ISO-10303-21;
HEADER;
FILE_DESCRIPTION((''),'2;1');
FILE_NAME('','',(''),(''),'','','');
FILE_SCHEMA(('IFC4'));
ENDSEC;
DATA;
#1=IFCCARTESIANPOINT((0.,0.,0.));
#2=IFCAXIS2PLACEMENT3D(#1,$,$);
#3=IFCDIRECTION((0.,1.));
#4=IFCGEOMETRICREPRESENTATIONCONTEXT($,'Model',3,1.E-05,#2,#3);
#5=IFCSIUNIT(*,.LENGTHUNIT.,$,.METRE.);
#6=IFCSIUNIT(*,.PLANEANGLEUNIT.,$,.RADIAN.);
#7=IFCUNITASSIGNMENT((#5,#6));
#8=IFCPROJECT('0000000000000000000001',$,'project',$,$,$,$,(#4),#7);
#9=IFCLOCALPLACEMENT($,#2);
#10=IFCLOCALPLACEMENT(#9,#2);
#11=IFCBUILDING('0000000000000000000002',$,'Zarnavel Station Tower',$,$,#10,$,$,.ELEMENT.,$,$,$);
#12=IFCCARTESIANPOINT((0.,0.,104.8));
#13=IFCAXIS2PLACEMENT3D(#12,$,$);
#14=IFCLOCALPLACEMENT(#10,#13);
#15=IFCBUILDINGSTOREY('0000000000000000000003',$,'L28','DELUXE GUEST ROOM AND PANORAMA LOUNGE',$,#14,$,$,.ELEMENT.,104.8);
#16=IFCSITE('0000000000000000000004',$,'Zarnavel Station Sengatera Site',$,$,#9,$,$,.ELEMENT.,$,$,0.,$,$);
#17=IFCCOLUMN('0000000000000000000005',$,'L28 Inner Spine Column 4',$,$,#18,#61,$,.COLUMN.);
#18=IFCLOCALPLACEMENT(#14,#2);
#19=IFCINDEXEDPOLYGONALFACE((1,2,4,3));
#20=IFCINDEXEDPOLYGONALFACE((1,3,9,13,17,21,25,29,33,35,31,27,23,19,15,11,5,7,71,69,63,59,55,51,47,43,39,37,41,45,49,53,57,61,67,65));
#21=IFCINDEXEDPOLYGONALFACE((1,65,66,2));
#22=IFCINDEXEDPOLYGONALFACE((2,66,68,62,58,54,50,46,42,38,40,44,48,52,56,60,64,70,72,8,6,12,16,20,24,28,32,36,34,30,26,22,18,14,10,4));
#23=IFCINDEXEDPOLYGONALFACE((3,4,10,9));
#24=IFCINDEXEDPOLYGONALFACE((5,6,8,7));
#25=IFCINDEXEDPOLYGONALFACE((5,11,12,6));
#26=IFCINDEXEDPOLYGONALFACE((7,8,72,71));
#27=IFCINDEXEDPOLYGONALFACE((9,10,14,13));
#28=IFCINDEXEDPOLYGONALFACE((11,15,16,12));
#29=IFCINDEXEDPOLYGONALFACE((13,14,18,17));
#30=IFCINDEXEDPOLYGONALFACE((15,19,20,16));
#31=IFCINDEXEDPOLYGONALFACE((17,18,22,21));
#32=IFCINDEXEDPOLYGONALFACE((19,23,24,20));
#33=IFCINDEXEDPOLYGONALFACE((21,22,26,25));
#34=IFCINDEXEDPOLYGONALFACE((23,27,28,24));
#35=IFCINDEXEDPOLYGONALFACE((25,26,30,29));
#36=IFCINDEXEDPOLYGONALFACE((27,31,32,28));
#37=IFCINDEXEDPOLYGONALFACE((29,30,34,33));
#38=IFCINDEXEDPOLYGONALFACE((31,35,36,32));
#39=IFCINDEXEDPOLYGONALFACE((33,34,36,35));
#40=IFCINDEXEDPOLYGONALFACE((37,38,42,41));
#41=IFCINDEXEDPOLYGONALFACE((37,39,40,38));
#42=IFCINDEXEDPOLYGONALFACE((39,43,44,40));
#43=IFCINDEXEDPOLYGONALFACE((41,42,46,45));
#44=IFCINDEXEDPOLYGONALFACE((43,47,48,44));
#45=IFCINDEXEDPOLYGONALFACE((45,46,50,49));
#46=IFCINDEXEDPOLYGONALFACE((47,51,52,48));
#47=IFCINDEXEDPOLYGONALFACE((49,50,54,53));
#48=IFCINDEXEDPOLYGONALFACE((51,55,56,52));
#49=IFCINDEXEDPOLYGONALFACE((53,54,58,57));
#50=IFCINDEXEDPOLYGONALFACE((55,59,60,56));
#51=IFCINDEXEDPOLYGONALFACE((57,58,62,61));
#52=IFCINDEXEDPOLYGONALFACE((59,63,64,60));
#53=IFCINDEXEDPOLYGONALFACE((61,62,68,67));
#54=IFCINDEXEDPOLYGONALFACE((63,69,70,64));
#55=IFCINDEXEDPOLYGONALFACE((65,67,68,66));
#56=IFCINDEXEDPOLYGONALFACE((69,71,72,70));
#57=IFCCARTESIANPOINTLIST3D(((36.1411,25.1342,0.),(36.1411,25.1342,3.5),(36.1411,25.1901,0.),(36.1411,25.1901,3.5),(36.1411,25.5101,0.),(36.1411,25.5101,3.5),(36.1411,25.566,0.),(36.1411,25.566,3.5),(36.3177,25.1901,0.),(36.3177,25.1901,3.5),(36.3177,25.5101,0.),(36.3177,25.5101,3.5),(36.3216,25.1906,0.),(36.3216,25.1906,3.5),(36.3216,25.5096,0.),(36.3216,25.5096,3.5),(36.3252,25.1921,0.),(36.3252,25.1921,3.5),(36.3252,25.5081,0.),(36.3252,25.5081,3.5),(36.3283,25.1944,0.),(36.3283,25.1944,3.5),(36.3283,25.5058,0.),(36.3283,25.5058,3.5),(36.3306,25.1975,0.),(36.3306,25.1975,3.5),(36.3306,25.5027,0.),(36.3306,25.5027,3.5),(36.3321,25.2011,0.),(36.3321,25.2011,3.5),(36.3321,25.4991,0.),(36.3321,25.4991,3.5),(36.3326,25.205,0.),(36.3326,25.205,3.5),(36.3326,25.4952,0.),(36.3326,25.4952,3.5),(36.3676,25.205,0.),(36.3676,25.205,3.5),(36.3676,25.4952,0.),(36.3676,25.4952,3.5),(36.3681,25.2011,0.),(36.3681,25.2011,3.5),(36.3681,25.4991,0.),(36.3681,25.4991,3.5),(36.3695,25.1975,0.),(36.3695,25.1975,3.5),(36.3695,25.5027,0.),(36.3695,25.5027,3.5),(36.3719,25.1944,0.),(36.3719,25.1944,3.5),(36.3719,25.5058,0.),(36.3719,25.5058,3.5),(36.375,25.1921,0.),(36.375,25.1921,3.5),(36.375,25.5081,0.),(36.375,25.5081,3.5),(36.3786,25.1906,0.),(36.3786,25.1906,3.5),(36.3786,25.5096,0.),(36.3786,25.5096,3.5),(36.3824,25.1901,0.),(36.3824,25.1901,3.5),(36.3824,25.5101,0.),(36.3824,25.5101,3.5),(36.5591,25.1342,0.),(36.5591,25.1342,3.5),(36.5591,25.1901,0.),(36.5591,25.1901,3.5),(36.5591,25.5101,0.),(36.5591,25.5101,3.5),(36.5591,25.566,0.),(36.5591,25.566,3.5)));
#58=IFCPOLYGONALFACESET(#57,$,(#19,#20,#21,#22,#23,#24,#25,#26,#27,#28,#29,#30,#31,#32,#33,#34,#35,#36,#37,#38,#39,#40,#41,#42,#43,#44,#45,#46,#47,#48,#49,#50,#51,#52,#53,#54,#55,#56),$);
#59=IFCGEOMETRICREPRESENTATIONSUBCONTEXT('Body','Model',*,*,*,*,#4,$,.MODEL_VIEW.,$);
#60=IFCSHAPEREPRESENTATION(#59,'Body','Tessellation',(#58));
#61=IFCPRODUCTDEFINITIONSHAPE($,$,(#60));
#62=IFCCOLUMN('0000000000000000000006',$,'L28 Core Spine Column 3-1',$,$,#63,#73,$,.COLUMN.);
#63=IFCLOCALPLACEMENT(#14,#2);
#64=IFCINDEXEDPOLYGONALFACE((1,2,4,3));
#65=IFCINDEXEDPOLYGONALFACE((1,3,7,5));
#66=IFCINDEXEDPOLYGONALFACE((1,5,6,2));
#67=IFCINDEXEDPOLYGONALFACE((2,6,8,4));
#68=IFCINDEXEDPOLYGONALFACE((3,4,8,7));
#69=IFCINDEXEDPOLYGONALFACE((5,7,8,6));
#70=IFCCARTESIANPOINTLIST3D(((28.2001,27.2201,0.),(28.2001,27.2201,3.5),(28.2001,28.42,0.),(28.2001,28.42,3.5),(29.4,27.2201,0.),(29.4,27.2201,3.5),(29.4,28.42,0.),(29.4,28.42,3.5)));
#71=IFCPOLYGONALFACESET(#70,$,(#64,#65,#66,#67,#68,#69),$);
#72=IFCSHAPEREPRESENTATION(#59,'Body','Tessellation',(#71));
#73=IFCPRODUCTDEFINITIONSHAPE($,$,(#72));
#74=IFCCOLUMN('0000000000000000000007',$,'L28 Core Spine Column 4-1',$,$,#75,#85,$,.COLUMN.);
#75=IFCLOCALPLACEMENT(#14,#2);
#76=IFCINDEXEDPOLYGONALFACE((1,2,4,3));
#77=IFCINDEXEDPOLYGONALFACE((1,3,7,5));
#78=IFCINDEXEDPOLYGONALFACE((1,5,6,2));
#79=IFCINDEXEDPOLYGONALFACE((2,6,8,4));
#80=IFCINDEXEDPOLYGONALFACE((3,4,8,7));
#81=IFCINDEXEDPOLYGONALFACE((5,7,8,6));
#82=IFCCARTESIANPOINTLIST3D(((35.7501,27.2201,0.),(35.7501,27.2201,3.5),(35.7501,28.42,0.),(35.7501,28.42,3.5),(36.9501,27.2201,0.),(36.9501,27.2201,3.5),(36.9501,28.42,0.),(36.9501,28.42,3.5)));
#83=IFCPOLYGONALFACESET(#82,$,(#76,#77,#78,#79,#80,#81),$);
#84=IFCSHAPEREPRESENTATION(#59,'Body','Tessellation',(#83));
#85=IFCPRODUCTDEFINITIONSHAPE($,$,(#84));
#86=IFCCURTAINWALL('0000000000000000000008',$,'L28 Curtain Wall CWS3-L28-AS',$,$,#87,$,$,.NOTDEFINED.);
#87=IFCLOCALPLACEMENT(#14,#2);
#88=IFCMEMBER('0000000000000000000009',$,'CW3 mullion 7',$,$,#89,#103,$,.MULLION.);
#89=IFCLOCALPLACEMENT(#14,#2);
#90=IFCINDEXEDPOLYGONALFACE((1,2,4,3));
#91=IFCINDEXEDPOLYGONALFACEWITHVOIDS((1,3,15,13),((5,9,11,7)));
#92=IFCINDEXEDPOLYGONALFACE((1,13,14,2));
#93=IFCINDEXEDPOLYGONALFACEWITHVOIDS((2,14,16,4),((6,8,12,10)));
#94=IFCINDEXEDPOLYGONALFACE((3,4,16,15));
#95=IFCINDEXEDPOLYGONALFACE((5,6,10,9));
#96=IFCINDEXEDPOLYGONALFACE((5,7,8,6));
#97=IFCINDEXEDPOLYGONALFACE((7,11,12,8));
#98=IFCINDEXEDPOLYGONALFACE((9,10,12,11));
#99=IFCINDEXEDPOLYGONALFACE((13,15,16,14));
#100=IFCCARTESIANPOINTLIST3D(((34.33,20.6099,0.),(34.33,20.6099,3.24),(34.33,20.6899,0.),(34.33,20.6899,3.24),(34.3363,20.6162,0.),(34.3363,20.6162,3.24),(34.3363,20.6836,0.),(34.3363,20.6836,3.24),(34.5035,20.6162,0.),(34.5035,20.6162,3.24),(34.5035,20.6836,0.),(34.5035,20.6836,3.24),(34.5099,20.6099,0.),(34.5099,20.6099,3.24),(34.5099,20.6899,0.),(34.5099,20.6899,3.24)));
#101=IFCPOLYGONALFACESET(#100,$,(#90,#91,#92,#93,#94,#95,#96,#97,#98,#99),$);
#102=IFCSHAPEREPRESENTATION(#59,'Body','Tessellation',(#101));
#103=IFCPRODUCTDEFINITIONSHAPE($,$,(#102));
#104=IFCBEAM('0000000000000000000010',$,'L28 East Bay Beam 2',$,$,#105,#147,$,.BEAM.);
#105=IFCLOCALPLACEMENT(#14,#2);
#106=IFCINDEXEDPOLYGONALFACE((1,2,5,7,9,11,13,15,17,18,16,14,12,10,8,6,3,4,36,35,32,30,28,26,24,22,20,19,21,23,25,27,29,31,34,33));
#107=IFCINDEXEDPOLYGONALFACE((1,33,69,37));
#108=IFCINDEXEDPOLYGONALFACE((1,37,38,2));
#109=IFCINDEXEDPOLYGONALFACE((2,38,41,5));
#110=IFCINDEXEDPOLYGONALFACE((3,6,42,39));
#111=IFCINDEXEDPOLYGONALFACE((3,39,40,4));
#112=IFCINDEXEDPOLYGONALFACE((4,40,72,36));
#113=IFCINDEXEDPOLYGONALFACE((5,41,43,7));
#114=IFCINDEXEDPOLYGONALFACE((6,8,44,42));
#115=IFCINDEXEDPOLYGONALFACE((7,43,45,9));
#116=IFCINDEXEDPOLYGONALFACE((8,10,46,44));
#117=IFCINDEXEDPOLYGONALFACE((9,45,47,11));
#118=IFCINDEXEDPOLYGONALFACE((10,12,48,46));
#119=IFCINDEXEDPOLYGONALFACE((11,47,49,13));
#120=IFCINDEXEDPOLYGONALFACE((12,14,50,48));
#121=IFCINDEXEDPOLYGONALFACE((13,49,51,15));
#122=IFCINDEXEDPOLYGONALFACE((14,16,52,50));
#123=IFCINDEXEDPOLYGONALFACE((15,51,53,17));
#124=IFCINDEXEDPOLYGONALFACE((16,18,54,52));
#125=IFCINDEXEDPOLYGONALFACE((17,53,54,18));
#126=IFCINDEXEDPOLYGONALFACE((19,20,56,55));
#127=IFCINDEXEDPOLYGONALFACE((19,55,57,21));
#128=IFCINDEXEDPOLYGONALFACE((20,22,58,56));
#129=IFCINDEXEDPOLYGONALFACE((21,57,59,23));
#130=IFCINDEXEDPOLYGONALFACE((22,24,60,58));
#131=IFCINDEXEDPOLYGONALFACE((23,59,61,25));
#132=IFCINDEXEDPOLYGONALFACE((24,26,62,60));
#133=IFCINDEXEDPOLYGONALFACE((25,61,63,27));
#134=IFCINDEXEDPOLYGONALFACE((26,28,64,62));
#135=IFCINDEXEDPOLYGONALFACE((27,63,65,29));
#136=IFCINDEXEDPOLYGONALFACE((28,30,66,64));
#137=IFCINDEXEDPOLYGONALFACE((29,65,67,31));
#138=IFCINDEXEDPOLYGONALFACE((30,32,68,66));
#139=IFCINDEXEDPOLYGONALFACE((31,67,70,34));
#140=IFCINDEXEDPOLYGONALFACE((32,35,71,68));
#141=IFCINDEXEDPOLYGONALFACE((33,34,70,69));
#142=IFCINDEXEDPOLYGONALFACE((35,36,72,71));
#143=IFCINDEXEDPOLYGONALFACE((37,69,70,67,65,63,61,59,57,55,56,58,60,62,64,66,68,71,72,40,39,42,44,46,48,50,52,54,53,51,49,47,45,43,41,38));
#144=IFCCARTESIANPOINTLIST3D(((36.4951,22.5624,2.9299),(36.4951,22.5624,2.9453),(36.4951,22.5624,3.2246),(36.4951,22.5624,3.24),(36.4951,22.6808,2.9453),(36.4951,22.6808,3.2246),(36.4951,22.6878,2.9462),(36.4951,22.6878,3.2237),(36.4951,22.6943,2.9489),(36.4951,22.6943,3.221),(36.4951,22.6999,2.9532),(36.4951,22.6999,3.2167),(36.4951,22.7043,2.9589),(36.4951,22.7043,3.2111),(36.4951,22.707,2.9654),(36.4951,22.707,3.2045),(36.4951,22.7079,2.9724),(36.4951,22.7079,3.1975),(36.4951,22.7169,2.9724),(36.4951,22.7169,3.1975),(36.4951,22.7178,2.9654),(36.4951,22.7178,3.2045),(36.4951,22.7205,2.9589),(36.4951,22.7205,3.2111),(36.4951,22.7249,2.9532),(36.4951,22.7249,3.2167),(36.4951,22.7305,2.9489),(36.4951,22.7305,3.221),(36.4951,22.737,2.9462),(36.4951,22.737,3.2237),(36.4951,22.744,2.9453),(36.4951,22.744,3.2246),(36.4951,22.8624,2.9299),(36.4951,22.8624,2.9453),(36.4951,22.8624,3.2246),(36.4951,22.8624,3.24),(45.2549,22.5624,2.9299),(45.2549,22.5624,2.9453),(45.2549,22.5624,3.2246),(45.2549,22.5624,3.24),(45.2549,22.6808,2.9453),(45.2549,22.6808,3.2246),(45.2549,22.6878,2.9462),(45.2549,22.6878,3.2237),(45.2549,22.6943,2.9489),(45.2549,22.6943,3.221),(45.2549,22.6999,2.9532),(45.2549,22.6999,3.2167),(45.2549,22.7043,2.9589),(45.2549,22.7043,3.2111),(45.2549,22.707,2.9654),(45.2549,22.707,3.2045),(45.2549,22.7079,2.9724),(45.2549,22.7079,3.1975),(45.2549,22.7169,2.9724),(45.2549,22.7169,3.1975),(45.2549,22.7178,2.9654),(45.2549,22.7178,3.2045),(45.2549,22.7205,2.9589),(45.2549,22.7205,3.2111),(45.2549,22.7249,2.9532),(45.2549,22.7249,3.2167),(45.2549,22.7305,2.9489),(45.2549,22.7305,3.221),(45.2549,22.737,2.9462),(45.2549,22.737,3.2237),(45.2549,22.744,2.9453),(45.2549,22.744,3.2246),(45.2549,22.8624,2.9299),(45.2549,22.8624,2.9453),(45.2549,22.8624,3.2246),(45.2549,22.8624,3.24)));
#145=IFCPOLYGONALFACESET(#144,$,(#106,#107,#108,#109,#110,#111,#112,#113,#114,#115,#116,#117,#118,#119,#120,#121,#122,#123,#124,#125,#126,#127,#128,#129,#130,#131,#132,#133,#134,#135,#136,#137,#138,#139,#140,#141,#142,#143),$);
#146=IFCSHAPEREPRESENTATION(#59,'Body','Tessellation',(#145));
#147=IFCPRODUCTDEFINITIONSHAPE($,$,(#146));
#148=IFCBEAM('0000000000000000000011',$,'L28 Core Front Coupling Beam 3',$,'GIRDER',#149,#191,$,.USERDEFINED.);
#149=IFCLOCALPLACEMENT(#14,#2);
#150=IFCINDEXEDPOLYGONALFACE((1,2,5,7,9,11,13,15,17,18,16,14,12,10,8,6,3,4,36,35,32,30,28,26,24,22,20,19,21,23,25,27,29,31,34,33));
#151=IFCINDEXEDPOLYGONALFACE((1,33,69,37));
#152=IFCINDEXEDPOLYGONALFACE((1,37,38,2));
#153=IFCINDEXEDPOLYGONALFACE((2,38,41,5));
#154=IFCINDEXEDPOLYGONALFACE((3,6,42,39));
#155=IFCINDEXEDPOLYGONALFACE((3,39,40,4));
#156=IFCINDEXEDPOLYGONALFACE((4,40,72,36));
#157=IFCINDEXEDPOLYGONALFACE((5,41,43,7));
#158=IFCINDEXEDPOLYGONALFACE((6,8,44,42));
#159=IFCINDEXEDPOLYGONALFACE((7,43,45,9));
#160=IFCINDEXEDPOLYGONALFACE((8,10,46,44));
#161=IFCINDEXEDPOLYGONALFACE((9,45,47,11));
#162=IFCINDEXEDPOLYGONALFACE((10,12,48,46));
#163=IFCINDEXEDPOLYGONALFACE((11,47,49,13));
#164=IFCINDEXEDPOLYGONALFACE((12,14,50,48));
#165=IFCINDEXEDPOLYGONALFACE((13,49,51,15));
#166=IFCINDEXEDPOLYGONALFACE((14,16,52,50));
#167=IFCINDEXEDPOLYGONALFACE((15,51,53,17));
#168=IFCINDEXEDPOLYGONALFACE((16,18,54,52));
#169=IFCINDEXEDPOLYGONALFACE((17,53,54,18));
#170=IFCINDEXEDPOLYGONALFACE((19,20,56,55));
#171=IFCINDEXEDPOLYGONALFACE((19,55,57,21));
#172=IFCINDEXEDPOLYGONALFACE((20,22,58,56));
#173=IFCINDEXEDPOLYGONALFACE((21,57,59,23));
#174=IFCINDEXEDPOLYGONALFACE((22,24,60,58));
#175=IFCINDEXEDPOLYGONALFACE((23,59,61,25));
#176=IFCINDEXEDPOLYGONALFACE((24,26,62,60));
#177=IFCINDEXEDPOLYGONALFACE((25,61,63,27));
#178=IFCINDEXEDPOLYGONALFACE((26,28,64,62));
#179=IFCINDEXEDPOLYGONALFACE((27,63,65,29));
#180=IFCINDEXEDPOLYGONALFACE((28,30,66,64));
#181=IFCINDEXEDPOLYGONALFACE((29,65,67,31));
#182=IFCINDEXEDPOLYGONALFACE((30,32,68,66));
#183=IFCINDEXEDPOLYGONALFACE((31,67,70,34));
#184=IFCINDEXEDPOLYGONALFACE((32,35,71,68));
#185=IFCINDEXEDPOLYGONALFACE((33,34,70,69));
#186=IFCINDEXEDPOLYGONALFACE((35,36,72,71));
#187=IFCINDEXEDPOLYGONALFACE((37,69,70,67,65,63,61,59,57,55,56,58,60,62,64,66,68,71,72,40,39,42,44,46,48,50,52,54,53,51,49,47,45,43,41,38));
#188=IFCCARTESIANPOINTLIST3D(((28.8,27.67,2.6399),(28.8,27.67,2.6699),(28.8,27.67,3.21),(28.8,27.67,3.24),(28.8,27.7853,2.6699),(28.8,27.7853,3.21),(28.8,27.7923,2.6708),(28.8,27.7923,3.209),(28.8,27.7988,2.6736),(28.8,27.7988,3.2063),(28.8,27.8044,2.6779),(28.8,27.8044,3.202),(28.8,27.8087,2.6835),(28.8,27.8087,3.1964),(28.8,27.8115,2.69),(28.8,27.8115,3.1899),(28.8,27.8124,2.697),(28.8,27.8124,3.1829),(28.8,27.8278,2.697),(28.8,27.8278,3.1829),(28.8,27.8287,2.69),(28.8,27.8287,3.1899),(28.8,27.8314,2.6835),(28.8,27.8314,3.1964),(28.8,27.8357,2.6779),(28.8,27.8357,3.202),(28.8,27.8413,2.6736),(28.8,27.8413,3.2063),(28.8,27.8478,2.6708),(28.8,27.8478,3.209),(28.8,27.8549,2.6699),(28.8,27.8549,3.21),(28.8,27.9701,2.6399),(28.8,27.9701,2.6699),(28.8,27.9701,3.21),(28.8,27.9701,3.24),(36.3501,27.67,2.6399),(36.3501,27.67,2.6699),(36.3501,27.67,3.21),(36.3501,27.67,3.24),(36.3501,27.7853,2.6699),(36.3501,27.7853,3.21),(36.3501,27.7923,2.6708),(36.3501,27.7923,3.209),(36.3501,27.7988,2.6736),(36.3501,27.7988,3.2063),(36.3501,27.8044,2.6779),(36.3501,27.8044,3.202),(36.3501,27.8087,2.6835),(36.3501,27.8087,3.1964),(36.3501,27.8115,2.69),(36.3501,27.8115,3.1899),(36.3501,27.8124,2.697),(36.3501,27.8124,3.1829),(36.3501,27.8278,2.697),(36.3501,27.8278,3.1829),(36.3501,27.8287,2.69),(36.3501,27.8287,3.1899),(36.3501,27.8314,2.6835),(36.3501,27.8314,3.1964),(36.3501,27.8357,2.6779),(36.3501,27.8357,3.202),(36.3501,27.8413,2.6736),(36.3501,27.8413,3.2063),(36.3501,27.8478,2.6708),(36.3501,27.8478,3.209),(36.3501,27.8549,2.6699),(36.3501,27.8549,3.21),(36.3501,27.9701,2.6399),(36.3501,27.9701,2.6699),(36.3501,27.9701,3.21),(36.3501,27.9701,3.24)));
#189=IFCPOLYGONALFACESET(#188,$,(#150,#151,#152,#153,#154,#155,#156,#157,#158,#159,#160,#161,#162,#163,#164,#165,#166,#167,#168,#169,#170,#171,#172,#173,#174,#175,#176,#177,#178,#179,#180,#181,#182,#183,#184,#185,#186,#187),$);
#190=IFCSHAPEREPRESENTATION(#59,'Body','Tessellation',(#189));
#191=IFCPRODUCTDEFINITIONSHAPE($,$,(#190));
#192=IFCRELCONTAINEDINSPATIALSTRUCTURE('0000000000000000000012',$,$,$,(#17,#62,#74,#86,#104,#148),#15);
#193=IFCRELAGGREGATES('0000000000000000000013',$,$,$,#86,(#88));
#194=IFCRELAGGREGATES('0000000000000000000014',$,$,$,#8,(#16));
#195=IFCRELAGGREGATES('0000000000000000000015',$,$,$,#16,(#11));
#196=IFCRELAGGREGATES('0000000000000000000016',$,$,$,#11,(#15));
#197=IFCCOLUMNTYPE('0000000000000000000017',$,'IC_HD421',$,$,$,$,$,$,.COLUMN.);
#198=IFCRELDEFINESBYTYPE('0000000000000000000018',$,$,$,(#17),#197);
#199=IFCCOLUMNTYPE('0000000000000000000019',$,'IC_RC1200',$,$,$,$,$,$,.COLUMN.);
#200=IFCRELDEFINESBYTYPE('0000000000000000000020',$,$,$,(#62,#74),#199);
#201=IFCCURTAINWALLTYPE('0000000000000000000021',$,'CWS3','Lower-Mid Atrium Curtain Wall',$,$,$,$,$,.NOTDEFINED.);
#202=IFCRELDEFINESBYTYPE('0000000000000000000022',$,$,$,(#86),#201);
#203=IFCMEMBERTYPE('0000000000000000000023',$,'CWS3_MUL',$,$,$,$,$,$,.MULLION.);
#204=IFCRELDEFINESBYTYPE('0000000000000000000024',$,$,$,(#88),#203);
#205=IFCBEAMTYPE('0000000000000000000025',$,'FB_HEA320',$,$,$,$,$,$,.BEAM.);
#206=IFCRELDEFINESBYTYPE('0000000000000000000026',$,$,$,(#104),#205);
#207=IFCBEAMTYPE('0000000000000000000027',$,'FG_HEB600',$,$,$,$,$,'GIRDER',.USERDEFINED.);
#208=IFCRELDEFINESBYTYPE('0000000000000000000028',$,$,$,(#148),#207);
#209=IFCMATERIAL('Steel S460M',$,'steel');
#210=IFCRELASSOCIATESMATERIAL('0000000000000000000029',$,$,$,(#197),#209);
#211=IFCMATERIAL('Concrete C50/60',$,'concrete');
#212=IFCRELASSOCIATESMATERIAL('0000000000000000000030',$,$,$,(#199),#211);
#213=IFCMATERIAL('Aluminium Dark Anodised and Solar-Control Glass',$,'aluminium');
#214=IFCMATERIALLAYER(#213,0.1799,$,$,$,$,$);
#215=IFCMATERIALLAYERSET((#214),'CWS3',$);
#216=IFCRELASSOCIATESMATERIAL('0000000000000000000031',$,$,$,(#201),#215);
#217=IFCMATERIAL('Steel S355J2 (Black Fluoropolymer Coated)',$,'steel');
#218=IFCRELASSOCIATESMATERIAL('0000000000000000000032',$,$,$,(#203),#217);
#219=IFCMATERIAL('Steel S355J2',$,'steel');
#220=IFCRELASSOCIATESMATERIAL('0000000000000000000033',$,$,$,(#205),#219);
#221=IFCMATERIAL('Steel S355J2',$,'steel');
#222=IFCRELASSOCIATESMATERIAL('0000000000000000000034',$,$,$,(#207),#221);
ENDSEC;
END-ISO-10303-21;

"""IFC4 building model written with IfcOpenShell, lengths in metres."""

from ifc_helpers import new_model, si_unit, direction, frame, origin, origin_2d, place, context, subcontext, project, spatial, rectangle, hollow_rectangle, i_section, extrude, material, layer, layer_set, material_profile, profile_set, type_object, element, aggregate, save


model = new_model("IFC4")

# Units and contexts
model_context = context("Model", 3, precision=1e-05, world=origin(), true_north=direction((0.0, 1.0)))
body_context = subcontext(model_context, "Body", "Model", "MODEL_VIEW")
ifc_project = project(units=[si_unit("LENGTHUNIT", "METRE"), si_unit("PLANEANGLEUNIT", "RADIAN")], contexts=[model_context])

# Site, building, storey
site_placement = place(None, origin())
site = spatial("IfcSite", under=ifc_project, at=site_placement, Name="Zarnavel Station Sengatera Site", CompositionType="ELEMENT", RefElevation=0.0)
building_placement = place(site_placement, origin())
building = spatial("IfcBuilding", under=site, at=building_placement, Name="Zarnavel Station Tower", CompositionType="ELEMENT")
storey_placement = place(building_placement, frame((0.0, 0.0, 104.8)))
storey = spatial("IfcBuildingStorey", under=building, at=storey_placement, Name="L28", Description="DELUXE GUEST ROOM AND PANORAMA LOUNGE", CompositionType="ELEMENT", Elevation=104.8)

# Columns
ifc_material_1 = material(Name="Steel S460M", Category="steel")
ifc_material_profile_1 = material_profile(ifc_material_1, i_section(OverallWidth=0.418, OverallDepth=0.4319, WebThickness=0.0349, FlangeThickness=0.0559, FilletRadius=0.0149, at=origin_2d()), Name="HD400x421")
ifc_profile_set_1 = profile_set([ifc_material_profile_1], Name="Steel S460M")
column_type_1 = type_object("IfcColumnType", Name="IC_HD421", PredefinedType="COLUMN", material=ifc_profile_set_1)
column_placement = place(storey_placement, frame((36.3501, 25.3501, 0.0), z_axis=(0.0, 0.0, 1.0), x_axis=(1.0, 0.0, 0.0)))
element("IfcColumn", 1, at=column_placement, inside=storey, type_object=column_type_1, Name="L28 Inner Spine Column 4", PredefinedType="COLUMN", context=body_context, shape_type="SweptSolid", body=[
    extrude(i_section(OverallWidth=0.418, OverallDepth=0.4319, WebThickness=0.0349, FlangeThickness=0.0559, FilletRadius=0.0149, at=origin_2d()), origin(), (0.0, 0.0, 1.0), 3.5),
])
ifc_material_2 = material(Name="Concrete C50/60", Category="concrete")
ifc_material_profile_2 = material_profile(ifc_material_2, rectangle(XDim=1.2, YDim=1.2, at=origin_2d()), Name="RC1200x1200")
ifc_profile_set_2 = profile_set([ifc_material_profile_2], Name="Concrete C50/60")
column_type_2 = type_object("IfcColumnType", Name="IC_RC1200", PredefinedType="COLUMN", material=ifc_profile_set_2)
for number, where, z_axis, x_axis, name in (
    (2, (28.8, 27.8201, 0.0), (0.0, 0.0, 1.0), (1.0, 0.0, 0.0), "L28 Core Spine Column 3-1"),
    (3, (36.3501, 27.8201, 0.0), (0.0, 0.0, 1.0), (1.0, 0.0, 0.0), "L28 Core Spine Column 4-1"),
):
    element("IfcColumn", number, at=place(storey_placement, frame(where, z_axis=z_axis, x_axis=x_axis)), inside=storey, type_object=column_type_2, Name=name, PredefinedType="COLUMN", context=body_context, shape_type="SweptSolid", body=[
        extrude(rectangle(XDim=1.2, YDim=1.2, at=origin_2d()), origin(), (0.0, 0.0, 1.0), 3.5),
    ])

# Curtain wall, member
ifc_material_3 = material(Name="Aluminium Dark Anodised and Solar-Control Glass", Category="aluminium")
ifc_layer_1 = layer(ifc_material_3, 0.1799)
ifc_layer_set_1 = layer_set([ifc_layer_1], Name="CWS3")
curtain_wall_type = type_object("IfcCurtainWallType", Name="CWS3", Description="Lower-Mid Atrium Curtain Wall", PredefinedType="NOTDEFINED", material=ifc_layer_set_1)
curtain_wall_placement = place(storey_placement, origin())
curtain_wall = element("IfcCurtainWall", 4, at=curtain_wall_placement, inside=storey, type_object=curtain_wall_type, Name="L28 Curtain Wall CWS3-L28-AS", PredefinedType="NOTDEFINED")
ifc_material_4 = material(Name="Steel S355J2 (Black Fluoropolymer Coated)", Category="steel")
ifc_material_profile_3 = material_profile(ifc_material_4, hollow_rectangle(XDim=0.0801, YDim=0.1799, WallThickness=0.0063, at=origin_2d()), Name="RHS180x80x6.3")
ifc_profile_set_3 = profile_set([ifc_material_profile_3], Name="Steel S355J2 (Black Fluoropolymer Coated)")
member_type = type_object("IfcMemberType", Name="CWS3_MUL", PredefinedType="MULLION", material=ifc_profile_set_3)
member_placement = place(storey_placement, frame((34.4199, 20.6499, 0.0), z_axis=(0.0, 0.0, 1.0), x_axis=(0.0, 1.0, 0.0)))
member = element("IfcMember", 5, at=member_placement, type_object=member_type, Name="CW3 mullion 7", PredefinedType="MULLION", context=body_context, shape_type="SweptSolid", body=[
    extrude(hollow_rectangle(XDim=0.0801, YDim=0.1799, WallThickness=0.0063, at=origin_2d()), origin(), (0.0, 0.0, 1.0), 3.24),
])

# Beams
ifc_material_5 = material(Name="Steel S355J2", Category="steel")
ifc_material_profile_4 = material_profile(ifc_material_5, i_section(OverallWidth=0.3, OverallDepth=0.3101, WebThickness=0.009, FlangeThickness=0.0154, FilletRadius=0.0271, at=origin_2d()), Name="HEA320")
ifc_profile_set_4 = profile_set([ifc_material_profile_4], Name="Steel S355J2")
beam_type_1 = type_object("IfcBeamType", Name="FB_HEA320", PredefinedType="BEAM", material=ifc_profile_set_4)
beam_1_placement = place(storey_placement, frame((36.4951, 22.7124, 3.085), z_axis=(1.0, 0.0, 0.0), x_axis=(0.0, 1.0, 0.0)))
element("IfcBeam", 6, at=beam_1_placement, inside=storey, type_object=beam_type_1, Name="L28 East Bay Beam 2", PredefinedType="BEAM", context=body_context, shape_type="SweptSolid", body=[
    extrude(i_section(OverallWidth=0.3, OverallDepth=0.3101, WebThickness=0.009, FlangeThickness=0.0154, FilletRadius=0.0271, at=origin_2d()), origin(), (0.0, 0.0, 1.0), 8.7598),
])
ifc_material_6 = material(Name="Steel S355J2", Category="steel")
ifc_material_profile_5 = material_profile(ifc_material_6, i_section(OverallWidth=0.3, OverallDepth=0.6001, WebThickness=0.0154, FlangeThickness=0.03, FilletRadius=0.0271, at=origin_2d()), Name="HEB600")
ifc_profile_set_5 = profile_set([ifc_material_profile_5], Name="Steel S355J2")
beam_type_2 = type_object("IfcBeamType", Name="FG_HEB600", ElementType="GIRDER", PredefinedType="USERDEFINED", material=ifc_profile_set_5)
beam_2_placement = place(storey_placement, frame((28.8, 27.8201, 2.9399), z_axis=(1.0, 0.0, 0.0), x_axis=(0.0, 1.0, 0.0)))
element("IfcBeam", 7, at=beam_2_placement, inside=storey, type_object=beam_type_2, Name="L28 Core Front Coupling Beam 3", ObjectType="GIRDER", PredefinedType="USERDEFINED", context=body_context, shape_type="SweptSolid", body=[
    extrude(i_section(OverallWidth=0.3, OverallDepth=0.6001, WebThickness=0.0154, FlangeThickness=0.03, FilletRadius=0.0271, at=origin_2d()), origin(), (0.0, 0.0, 1.0), 7.55),
])

aggregate(curtain_wall, [member])

save(model, "model.ifc")
